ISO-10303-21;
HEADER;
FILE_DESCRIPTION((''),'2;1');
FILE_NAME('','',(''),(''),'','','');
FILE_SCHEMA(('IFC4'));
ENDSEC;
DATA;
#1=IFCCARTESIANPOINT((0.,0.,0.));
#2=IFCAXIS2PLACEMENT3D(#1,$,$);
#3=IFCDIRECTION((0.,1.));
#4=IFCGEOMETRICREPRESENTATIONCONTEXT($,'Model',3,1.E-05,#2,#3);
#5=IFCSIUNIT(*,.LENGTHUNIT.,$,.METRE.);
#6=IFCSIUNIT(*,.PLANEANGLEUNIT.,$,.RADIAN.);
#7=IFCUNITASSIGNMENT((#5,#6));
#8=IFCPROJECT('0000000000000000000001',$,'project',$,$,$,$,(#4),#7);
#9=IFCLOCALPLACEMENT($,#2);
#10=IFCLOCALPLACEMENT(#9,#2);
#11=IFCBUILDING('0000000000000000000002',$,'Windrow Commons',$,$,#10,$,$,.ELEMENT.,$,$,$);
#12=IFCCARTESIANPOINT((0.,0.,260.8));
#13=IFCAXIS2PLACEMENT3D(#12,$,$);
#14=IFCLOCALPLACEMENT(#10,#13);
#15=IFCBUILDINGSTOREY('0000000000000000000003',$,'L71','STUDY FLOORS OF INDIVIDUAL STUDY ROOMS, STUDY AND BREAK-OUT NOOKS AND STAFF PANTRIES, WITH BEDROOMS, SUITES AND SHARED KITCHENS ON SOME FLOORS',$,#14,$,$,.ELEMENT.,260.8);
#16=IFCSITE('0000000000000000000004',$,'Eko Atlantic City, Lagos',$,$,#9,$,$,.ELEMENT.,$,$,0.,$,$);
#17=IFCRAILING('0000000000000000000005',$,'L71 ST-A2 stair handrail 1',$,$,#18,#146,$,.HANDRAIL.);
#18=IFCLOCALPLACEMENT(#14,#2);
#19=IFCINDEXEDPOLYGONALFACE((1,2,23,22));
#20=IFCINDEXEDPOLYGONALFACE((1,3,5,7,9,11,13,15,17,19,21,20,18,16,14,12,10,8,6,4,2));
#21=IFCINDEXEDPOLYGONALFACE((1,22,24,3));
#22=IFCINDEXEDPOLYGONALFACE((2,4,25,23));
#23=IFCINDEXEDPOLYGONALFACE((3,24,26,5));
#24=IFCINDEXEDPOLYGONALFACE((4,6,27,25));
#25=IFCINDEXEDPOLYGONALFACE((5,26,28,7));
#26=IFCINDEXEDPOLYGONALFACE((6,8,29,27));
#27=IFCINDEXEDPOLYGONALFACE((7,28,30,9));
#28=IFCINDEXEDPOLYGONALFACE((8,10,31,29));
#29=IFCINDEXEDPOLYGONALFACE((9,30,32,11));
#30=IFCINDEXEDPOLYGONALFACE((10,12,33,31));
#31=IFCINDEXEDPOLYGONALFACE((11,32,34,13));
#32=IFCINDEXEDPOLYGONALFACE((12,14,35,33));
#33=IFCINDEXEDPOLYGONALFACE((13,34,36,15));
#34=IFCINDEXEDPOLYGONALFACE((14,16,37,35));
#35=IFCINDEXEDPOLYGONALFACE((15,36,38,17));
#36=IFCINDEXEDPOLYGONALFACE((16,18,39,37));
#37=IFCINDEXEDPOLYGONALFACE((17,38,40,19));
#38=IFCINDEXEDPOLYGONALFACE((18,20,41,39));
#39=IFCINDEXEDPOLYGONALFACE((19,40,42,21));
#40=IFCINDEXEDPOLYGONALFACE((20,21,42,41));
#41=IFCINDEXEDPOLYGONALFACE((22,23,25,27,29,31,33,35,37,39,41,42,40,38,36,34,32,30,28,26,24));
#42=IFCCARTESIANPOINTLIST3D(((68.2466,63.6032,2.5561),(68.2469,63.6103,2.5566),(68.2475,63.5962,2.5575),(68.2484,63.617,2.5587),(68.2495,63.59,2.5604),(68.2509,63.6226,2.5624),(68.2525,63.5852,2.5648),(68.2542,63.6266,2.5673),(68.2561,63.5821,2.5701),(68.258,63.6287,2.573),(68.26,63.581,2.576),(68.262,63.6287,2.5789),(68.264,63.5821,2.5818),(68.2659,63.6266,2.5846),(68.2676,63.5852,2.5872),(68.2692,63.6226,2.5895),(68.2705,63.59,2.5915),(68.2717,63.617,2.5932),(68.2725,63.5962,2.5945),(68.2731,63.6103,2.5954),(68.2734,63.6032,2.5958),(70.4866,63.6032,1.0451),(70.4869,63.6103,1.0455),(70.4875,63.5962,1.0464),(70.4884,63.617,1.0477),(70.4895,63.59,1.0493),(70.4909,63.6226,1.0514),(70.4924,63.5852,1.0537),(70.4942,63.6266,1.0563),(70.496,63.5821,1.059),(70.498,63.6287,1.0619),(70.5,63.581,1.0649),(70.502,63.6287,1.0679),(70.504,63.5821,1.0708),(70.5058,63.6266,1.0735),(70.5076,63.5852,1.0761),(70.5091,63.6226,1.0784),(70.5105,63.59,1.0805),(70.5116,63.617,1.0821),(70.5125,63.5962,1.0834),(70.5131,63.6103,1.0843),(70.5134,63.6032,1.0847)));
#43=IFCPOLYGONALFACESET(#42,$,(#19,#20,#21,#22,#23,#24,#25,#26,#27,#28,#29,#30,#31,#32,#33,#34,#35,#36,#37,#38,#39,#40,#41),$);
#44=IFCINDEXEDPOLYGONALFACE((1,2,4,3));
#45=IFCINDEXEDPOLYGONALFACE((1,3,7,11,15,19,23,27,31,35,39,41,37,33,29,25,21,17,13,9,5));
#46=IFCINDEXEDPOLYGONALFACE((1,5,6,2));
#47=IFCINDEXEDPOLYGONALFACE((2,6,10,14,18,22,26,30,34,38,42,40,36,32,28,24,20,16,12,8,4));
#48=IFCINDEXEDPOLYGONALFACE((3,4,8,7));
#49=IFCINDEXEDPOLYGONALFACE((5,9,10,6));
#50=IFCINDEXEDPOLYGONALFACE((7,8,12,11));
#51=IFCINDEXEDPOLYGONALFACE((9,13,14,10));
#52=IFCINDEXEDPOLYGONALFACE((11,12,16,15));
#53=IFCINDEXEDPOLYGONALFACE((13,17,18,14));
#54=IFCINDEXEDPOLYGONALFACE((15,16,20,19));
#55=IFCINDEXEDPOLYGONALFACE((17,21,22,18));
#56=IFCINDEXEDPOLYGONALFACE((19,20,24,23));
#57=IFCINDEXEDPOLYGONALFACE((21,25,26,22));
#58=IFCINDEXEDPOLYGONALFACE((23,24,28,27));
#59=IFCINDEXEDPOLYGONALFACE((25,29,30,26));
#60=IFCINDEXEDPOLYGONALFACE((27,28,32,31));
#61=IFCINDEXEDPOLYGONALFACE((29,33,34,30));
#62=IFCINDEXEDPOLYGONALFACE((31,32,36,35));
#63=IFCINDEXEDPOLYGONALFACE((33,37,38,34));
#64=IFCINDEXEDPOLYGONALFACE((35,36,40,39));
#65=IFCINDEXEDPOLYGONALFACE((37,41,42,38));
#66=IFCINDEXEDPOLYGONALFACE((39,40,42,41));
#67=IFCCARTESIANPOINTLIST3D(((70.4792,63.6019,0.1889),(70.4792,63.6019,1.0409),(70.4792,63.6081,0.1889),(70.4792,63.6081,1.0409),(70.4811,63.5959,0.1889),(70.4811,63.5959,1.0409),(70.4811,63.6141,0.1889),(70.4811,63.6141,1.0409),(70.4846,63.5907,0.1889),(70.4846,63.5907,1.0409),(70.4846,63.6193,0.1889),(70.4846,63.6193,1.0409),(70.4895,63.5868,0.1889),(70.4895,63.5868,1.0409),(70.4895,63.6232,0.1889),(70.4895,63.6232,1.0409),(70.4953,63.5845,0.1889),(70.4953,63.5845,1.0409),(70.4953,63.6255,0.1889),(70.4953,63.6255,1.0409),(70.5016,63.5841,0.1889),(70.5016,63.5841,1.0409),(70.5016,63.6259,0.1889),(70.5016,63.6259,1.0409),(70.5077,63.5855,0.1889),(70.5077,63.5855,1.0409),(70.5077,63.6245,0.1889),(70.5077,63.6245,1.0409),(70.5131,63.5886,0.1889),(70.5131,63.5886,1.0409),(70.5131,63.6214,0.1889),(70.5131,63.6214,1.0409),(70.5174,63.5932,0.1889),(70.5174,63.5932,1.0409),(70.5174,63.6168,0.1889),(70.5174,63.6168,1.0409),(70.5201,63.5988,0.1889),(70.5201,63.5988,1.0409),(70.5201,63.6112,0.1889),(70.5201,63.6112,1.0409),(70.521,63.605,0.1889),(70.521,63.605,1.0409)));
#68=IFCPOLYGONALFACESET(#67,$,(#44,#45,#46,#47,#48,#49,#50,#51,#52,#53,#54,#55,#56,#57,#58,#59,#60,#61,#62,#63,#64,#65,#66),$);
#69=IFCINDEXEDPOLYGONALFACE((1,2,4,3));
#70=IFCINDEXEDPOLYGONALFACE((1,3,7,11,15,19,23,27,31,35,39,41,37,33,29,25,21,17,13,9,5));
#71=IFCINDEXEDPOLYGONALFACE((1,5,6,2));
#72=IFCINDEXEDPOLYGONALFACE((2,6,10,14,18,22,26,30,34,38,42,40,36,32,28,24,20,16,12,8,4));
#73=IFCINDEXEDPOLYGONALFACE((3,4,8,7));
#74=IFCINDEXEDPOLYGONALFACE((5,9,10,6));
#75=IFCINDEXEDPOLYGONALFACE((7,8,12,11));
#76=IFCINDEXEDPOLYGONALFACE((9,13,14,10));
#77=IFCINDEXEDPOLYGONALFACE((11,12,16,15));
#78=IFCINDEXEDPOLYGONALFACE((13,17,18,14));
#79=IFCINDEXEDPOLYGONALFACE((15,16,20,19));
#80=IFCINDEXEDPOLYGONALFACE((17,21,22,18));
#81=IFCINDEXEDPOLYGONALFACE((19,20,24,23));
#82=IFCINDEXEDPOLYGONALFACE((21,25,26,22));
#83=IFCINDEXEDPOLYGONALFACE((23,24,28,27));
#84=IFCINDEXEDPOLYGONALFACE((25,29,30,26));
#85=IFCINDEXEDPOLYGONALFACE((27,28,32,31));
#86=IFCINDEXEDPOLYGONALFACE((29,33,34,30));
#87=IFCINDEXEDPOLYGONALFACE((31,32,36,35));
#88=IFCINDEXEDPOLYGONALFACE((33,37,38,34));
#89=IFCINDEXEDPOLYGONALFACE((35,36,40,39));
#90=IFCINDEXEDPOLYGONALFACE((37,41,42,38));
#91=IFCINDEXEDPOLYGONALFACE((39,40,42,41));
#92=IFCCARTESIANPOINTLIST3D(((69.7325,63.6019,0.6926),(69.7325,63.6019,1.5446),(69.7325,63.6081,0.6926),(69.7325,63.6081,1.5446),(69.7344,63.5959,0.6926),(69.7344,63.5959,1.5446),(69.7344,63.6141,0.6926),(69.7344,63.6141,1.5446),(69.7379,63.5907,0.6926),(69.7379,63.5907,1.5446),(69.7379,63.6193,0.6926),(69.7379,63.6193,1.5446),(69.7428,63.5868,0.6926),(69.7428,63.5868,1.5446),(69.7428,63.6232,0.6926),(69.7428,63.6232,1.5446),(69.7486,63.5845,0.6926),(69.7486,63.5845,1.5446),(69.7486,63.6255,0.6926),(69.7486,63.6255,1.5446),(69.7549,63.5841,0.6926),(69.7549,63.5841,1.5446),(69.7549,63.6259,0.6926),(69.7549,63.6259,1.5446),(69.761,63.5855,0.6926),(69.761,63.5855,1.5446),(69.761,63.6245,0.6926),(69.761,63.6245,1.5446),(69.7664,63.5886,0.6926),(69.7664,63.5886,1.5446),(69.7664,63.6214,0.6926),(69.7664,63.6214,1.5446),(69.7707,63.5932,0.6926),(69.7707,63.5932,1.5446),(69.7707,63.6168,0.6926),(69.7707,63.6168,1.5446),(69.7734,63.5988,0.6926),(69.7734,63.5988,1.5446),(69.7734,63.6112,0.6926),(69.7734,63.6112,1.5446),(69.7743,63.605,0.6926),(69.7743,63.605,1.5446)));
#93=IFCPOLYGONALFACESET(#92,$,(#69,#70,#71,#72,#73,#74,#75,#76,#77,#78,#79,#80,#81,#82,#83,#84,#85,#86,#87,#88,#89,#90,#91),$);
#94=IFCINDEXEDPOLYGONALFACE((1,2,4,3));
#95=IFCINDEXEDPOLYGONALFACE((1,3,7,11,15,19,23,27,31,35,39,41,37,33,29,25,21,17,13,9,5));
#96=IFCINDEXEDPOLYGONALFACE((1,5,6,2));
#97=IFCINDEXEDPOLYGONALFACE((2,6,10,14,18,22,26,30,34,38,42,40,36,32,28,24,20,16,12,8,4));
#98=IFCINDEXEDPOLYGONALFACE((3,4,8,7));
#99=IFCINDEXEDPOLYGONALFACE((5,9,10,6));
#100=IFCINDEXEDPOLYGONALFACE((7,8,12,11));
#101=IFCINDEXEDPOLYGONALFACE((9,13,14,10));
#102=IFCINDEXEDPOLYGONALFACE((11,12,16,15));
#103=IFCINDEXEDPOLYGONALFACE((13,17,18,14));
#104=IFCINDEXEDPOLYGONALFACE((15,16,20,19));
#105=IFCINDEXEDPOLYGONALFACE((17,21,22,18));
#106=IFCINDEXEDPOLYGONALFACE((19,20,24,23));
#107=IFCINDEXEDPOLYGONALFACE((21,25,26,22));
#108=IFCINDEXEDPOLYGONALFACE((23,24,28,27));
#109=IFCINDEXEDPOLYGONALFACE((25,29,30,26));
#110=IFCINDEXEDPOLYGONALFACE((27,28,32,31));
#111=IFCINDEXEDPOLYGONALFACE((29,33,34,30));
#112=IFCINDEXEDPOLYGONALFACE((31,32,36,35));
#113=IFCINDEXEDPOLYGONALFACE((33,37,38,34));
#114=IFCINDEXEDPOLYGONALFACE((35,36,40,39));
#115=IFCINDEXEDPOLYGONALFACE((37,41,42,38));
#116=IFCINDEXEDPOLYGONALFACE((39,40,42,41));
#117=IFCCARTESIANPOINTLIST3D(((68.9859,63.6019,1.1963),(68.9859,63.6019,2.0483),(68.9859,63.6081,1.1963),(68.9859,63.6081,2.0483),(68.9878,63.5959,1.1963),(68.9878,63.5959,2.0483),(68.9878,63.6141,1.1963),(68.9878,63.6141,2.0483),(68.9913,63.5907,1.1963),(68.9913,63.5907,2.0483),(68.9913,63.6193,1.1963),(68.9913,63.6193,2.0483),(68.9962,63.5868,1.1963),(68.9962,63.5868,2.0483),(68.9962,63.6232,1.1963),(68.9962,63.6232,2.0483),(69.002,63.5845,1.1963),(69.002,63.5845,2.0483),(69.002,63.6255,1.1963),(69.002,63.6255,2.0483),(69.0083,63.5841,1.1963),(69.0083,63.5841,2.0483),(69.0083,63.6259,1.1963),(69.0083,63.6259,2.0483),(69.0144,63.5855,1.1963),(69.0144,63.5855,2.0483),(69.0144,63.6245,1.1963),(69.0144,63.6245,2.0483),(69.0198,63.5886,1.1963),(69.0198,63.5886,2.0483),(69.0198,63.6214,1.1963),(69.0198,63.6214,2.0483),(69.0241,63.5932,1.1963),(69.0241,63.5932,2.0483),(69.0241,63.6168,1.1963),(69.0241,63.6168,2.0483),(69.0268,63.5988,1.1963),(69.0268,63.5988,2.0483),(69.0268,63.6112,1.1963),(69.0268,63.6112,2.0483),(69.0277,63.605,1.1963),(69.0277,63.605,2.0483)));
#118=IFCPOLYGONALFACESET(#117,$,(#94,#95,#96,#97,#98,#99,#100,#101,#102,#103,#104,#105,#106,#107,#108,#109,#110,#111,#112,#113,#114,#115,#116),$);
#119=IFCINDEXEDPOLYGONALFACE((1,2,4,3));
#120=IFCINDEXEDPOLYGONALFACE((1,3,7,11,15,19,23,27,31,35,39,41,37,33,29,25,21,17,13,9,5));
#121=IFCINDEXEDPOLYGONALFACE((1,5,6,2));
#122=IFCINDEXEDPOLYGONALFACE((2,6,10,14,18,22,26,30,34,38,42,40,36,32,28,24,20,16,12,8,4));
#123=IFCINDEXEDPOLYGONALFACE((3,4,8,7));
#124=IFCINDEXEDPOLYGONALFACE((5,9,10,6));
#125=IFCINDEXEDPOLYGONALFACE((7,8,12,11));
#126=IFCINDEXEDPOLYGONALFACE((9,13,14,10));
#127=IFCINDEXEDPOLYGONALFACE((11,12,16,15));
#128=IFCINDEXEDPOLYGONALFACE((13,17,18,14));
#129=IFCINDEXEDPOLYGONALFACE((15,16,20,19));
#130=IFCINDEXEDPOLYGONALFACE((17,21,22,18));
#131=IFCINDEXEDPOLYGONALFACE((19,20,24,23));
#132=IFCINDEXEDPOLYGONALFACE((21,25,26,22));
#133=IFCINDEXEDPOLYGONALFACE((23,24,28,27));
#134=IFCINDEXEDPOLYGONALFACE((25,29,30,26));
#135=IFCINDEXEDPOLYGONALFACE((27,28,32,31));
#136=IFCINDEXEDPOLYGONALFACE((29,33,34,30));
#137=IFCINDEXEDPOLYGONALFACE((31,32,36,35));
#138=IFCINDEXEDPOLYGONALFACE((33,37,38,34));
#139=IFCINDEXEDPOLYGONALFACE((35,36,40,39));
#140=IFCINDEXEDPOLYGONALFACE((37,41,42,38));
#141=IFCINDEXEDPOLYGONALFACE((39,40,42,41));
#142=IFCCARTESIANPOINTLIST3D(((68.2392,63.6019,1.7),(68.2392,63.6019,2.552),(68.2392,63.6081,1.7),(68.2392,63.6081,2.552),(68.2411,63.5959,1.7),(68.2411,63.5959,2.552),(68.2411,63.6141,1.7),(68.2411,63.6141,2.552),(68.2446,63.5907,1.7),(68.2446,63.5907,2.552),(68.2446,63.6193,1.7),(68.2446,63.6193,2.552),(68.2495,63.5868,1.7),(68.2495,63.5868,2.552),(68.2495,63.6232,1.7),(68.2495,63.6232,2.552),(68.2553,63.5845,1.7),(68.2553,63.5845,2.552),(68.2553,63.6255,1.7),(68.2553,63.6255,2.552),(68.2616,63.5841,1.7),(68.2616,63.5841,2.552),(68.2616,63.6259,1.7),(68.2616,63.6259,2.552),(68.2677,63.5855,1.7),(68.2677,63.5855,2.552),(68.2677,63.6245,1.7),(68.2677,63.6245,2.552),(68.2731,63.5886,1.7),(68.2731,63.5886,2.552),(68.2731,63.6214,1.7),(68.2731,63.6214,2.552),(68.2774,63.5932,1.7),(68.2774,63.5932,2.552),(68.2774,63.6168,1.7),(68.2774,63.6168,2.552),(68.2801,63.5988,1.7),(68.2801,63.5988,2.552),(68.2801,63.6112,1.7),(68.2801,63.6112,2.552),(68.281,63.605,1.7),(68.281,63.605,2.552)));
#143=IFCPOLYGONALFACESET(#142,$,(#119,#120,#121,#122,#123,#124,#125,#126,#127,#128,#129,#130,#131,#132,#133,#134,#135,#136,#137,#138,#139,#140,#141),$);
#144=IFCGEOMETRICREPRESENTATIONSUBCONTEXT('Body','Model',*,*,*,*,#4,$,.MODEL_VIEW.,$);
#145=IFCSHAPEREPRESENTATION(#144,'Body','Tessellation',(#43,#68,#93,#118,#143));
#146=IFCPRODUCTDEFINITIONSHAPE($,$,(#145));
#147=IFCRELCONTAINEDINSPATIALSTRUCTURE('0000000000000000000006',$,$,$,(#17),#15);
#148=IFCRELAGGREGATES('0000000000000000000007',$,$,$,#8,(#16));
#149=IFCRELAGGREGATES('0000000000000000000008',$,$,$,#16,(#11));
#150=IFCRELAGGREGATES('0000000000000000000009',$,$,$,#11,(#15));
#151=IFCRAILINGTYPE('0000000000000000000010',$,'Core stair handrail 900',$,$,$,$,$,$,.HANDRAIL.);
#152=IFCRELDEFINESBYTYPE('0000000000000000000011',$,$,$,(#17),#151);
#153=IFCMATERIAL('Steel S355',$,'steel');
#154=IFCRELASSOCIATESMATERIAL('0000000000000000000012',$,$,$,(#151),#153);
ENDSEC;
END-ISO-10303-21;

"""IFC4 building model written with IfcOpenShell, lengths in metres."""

from ifc_helpers import new_model, si_unit, direction, frame, origin, origin_2d, place, context, subcontext, project, spatial, circle, extrude, material, type_object, element, save


model = new_model("IFC4")

# Units and contexts
model_context = context("Model", 3, precision=1e-05, world=origin(), true_north=direction((0.0, 1.0)))
body_context = subcontext(model_context, "Body", "Model", "MODEL_VIEW")
ifc_project = project(units=[si_unit("LENGTHUNIT", "METRE"), si_unit("PLANEANGLEUNIT", "RADIAN")], contexts=[model_context])

# Site, building, storey
site_placement = place(None, origin())
site = spatial("IfcSite", under=ifc_project, at=site_placement, Name="Eko Atlantic City, Lagos", CompositionType="ELEMENT", RefElevation=0.0)
building_placement = place(site_placement, origin())
building = spatial("IfcBuilding", under=site, at=building_placement, Name="Windrow Commons", CompositionType="ELEMENT")
storey_placement = place(building_placement, frame((0.0, 0.0, 260.8)))
storey = spatial("IfcBuildingStorey", under=building, at=storey_placement, Name="L71", Description="STUDY FLOORS OF INDIVIDUAL STUDY ROOMS, STUDY AND BREAK-OUT NOOKS AND STAFF PANTRIES, WITH BEDROOMS, SUITES AND SHARED KITCHENS ON SOME FLOORS", CompositionType="ELEMENT", Elevation=260.8)

# Railing
ifc_material_1 = material(Name="Steel S355", Category="steel")
railing_type_1 = type_object("IfcRailingType", Name="Core stair handrail 900", PredefinedType="HANDRAIL", material=ifc_material_1)
railing_1_placement = place(storey_placement, frame((70.5, 63.605, 0.1889)))
element("IfcRailing", 1, at=railing_1_placement, inside=storey, type_object=railing_type_1, Name="L71 ST-A2 stair handrail 1", PredefinedType="HANDRAIL", context=body_context, shape_type="SweptSolid", body=[
    extrude(circle(Radius=0.024, at=origin_2d()), frame((0.0, 0.0, 0.876), z_axis=(-0.829003, 0.0, 0.559244), x_axis=(0.0, -1.0, 0.0)), (0.0, 0.0, 1.0), 2.702),
    extrude(circle(Radius=0.021, at=origin_2d()), origin(), (0.0, 0.0, 1.0), 0.852),
    extrude(circle(Radius=0.021, at=origin_2d()), frame((-0.7467, 0.0, 0.5037)), (0.0, 0.0, 1.0), 0.852),
    extrude(circle(Radius=0.021, at=origin_2d()), frame((-1.4933, 0.0, 1.0074)), (0.0, 0.0, 1.0), 0.852),
    extrude(circle(Radius=0.021, at=origin_2d()), frame((-2.24, 0.0, 1.5111)), (0.0, 0.0, 1.0), 0.852),
])

save(model, "model.ifc")
